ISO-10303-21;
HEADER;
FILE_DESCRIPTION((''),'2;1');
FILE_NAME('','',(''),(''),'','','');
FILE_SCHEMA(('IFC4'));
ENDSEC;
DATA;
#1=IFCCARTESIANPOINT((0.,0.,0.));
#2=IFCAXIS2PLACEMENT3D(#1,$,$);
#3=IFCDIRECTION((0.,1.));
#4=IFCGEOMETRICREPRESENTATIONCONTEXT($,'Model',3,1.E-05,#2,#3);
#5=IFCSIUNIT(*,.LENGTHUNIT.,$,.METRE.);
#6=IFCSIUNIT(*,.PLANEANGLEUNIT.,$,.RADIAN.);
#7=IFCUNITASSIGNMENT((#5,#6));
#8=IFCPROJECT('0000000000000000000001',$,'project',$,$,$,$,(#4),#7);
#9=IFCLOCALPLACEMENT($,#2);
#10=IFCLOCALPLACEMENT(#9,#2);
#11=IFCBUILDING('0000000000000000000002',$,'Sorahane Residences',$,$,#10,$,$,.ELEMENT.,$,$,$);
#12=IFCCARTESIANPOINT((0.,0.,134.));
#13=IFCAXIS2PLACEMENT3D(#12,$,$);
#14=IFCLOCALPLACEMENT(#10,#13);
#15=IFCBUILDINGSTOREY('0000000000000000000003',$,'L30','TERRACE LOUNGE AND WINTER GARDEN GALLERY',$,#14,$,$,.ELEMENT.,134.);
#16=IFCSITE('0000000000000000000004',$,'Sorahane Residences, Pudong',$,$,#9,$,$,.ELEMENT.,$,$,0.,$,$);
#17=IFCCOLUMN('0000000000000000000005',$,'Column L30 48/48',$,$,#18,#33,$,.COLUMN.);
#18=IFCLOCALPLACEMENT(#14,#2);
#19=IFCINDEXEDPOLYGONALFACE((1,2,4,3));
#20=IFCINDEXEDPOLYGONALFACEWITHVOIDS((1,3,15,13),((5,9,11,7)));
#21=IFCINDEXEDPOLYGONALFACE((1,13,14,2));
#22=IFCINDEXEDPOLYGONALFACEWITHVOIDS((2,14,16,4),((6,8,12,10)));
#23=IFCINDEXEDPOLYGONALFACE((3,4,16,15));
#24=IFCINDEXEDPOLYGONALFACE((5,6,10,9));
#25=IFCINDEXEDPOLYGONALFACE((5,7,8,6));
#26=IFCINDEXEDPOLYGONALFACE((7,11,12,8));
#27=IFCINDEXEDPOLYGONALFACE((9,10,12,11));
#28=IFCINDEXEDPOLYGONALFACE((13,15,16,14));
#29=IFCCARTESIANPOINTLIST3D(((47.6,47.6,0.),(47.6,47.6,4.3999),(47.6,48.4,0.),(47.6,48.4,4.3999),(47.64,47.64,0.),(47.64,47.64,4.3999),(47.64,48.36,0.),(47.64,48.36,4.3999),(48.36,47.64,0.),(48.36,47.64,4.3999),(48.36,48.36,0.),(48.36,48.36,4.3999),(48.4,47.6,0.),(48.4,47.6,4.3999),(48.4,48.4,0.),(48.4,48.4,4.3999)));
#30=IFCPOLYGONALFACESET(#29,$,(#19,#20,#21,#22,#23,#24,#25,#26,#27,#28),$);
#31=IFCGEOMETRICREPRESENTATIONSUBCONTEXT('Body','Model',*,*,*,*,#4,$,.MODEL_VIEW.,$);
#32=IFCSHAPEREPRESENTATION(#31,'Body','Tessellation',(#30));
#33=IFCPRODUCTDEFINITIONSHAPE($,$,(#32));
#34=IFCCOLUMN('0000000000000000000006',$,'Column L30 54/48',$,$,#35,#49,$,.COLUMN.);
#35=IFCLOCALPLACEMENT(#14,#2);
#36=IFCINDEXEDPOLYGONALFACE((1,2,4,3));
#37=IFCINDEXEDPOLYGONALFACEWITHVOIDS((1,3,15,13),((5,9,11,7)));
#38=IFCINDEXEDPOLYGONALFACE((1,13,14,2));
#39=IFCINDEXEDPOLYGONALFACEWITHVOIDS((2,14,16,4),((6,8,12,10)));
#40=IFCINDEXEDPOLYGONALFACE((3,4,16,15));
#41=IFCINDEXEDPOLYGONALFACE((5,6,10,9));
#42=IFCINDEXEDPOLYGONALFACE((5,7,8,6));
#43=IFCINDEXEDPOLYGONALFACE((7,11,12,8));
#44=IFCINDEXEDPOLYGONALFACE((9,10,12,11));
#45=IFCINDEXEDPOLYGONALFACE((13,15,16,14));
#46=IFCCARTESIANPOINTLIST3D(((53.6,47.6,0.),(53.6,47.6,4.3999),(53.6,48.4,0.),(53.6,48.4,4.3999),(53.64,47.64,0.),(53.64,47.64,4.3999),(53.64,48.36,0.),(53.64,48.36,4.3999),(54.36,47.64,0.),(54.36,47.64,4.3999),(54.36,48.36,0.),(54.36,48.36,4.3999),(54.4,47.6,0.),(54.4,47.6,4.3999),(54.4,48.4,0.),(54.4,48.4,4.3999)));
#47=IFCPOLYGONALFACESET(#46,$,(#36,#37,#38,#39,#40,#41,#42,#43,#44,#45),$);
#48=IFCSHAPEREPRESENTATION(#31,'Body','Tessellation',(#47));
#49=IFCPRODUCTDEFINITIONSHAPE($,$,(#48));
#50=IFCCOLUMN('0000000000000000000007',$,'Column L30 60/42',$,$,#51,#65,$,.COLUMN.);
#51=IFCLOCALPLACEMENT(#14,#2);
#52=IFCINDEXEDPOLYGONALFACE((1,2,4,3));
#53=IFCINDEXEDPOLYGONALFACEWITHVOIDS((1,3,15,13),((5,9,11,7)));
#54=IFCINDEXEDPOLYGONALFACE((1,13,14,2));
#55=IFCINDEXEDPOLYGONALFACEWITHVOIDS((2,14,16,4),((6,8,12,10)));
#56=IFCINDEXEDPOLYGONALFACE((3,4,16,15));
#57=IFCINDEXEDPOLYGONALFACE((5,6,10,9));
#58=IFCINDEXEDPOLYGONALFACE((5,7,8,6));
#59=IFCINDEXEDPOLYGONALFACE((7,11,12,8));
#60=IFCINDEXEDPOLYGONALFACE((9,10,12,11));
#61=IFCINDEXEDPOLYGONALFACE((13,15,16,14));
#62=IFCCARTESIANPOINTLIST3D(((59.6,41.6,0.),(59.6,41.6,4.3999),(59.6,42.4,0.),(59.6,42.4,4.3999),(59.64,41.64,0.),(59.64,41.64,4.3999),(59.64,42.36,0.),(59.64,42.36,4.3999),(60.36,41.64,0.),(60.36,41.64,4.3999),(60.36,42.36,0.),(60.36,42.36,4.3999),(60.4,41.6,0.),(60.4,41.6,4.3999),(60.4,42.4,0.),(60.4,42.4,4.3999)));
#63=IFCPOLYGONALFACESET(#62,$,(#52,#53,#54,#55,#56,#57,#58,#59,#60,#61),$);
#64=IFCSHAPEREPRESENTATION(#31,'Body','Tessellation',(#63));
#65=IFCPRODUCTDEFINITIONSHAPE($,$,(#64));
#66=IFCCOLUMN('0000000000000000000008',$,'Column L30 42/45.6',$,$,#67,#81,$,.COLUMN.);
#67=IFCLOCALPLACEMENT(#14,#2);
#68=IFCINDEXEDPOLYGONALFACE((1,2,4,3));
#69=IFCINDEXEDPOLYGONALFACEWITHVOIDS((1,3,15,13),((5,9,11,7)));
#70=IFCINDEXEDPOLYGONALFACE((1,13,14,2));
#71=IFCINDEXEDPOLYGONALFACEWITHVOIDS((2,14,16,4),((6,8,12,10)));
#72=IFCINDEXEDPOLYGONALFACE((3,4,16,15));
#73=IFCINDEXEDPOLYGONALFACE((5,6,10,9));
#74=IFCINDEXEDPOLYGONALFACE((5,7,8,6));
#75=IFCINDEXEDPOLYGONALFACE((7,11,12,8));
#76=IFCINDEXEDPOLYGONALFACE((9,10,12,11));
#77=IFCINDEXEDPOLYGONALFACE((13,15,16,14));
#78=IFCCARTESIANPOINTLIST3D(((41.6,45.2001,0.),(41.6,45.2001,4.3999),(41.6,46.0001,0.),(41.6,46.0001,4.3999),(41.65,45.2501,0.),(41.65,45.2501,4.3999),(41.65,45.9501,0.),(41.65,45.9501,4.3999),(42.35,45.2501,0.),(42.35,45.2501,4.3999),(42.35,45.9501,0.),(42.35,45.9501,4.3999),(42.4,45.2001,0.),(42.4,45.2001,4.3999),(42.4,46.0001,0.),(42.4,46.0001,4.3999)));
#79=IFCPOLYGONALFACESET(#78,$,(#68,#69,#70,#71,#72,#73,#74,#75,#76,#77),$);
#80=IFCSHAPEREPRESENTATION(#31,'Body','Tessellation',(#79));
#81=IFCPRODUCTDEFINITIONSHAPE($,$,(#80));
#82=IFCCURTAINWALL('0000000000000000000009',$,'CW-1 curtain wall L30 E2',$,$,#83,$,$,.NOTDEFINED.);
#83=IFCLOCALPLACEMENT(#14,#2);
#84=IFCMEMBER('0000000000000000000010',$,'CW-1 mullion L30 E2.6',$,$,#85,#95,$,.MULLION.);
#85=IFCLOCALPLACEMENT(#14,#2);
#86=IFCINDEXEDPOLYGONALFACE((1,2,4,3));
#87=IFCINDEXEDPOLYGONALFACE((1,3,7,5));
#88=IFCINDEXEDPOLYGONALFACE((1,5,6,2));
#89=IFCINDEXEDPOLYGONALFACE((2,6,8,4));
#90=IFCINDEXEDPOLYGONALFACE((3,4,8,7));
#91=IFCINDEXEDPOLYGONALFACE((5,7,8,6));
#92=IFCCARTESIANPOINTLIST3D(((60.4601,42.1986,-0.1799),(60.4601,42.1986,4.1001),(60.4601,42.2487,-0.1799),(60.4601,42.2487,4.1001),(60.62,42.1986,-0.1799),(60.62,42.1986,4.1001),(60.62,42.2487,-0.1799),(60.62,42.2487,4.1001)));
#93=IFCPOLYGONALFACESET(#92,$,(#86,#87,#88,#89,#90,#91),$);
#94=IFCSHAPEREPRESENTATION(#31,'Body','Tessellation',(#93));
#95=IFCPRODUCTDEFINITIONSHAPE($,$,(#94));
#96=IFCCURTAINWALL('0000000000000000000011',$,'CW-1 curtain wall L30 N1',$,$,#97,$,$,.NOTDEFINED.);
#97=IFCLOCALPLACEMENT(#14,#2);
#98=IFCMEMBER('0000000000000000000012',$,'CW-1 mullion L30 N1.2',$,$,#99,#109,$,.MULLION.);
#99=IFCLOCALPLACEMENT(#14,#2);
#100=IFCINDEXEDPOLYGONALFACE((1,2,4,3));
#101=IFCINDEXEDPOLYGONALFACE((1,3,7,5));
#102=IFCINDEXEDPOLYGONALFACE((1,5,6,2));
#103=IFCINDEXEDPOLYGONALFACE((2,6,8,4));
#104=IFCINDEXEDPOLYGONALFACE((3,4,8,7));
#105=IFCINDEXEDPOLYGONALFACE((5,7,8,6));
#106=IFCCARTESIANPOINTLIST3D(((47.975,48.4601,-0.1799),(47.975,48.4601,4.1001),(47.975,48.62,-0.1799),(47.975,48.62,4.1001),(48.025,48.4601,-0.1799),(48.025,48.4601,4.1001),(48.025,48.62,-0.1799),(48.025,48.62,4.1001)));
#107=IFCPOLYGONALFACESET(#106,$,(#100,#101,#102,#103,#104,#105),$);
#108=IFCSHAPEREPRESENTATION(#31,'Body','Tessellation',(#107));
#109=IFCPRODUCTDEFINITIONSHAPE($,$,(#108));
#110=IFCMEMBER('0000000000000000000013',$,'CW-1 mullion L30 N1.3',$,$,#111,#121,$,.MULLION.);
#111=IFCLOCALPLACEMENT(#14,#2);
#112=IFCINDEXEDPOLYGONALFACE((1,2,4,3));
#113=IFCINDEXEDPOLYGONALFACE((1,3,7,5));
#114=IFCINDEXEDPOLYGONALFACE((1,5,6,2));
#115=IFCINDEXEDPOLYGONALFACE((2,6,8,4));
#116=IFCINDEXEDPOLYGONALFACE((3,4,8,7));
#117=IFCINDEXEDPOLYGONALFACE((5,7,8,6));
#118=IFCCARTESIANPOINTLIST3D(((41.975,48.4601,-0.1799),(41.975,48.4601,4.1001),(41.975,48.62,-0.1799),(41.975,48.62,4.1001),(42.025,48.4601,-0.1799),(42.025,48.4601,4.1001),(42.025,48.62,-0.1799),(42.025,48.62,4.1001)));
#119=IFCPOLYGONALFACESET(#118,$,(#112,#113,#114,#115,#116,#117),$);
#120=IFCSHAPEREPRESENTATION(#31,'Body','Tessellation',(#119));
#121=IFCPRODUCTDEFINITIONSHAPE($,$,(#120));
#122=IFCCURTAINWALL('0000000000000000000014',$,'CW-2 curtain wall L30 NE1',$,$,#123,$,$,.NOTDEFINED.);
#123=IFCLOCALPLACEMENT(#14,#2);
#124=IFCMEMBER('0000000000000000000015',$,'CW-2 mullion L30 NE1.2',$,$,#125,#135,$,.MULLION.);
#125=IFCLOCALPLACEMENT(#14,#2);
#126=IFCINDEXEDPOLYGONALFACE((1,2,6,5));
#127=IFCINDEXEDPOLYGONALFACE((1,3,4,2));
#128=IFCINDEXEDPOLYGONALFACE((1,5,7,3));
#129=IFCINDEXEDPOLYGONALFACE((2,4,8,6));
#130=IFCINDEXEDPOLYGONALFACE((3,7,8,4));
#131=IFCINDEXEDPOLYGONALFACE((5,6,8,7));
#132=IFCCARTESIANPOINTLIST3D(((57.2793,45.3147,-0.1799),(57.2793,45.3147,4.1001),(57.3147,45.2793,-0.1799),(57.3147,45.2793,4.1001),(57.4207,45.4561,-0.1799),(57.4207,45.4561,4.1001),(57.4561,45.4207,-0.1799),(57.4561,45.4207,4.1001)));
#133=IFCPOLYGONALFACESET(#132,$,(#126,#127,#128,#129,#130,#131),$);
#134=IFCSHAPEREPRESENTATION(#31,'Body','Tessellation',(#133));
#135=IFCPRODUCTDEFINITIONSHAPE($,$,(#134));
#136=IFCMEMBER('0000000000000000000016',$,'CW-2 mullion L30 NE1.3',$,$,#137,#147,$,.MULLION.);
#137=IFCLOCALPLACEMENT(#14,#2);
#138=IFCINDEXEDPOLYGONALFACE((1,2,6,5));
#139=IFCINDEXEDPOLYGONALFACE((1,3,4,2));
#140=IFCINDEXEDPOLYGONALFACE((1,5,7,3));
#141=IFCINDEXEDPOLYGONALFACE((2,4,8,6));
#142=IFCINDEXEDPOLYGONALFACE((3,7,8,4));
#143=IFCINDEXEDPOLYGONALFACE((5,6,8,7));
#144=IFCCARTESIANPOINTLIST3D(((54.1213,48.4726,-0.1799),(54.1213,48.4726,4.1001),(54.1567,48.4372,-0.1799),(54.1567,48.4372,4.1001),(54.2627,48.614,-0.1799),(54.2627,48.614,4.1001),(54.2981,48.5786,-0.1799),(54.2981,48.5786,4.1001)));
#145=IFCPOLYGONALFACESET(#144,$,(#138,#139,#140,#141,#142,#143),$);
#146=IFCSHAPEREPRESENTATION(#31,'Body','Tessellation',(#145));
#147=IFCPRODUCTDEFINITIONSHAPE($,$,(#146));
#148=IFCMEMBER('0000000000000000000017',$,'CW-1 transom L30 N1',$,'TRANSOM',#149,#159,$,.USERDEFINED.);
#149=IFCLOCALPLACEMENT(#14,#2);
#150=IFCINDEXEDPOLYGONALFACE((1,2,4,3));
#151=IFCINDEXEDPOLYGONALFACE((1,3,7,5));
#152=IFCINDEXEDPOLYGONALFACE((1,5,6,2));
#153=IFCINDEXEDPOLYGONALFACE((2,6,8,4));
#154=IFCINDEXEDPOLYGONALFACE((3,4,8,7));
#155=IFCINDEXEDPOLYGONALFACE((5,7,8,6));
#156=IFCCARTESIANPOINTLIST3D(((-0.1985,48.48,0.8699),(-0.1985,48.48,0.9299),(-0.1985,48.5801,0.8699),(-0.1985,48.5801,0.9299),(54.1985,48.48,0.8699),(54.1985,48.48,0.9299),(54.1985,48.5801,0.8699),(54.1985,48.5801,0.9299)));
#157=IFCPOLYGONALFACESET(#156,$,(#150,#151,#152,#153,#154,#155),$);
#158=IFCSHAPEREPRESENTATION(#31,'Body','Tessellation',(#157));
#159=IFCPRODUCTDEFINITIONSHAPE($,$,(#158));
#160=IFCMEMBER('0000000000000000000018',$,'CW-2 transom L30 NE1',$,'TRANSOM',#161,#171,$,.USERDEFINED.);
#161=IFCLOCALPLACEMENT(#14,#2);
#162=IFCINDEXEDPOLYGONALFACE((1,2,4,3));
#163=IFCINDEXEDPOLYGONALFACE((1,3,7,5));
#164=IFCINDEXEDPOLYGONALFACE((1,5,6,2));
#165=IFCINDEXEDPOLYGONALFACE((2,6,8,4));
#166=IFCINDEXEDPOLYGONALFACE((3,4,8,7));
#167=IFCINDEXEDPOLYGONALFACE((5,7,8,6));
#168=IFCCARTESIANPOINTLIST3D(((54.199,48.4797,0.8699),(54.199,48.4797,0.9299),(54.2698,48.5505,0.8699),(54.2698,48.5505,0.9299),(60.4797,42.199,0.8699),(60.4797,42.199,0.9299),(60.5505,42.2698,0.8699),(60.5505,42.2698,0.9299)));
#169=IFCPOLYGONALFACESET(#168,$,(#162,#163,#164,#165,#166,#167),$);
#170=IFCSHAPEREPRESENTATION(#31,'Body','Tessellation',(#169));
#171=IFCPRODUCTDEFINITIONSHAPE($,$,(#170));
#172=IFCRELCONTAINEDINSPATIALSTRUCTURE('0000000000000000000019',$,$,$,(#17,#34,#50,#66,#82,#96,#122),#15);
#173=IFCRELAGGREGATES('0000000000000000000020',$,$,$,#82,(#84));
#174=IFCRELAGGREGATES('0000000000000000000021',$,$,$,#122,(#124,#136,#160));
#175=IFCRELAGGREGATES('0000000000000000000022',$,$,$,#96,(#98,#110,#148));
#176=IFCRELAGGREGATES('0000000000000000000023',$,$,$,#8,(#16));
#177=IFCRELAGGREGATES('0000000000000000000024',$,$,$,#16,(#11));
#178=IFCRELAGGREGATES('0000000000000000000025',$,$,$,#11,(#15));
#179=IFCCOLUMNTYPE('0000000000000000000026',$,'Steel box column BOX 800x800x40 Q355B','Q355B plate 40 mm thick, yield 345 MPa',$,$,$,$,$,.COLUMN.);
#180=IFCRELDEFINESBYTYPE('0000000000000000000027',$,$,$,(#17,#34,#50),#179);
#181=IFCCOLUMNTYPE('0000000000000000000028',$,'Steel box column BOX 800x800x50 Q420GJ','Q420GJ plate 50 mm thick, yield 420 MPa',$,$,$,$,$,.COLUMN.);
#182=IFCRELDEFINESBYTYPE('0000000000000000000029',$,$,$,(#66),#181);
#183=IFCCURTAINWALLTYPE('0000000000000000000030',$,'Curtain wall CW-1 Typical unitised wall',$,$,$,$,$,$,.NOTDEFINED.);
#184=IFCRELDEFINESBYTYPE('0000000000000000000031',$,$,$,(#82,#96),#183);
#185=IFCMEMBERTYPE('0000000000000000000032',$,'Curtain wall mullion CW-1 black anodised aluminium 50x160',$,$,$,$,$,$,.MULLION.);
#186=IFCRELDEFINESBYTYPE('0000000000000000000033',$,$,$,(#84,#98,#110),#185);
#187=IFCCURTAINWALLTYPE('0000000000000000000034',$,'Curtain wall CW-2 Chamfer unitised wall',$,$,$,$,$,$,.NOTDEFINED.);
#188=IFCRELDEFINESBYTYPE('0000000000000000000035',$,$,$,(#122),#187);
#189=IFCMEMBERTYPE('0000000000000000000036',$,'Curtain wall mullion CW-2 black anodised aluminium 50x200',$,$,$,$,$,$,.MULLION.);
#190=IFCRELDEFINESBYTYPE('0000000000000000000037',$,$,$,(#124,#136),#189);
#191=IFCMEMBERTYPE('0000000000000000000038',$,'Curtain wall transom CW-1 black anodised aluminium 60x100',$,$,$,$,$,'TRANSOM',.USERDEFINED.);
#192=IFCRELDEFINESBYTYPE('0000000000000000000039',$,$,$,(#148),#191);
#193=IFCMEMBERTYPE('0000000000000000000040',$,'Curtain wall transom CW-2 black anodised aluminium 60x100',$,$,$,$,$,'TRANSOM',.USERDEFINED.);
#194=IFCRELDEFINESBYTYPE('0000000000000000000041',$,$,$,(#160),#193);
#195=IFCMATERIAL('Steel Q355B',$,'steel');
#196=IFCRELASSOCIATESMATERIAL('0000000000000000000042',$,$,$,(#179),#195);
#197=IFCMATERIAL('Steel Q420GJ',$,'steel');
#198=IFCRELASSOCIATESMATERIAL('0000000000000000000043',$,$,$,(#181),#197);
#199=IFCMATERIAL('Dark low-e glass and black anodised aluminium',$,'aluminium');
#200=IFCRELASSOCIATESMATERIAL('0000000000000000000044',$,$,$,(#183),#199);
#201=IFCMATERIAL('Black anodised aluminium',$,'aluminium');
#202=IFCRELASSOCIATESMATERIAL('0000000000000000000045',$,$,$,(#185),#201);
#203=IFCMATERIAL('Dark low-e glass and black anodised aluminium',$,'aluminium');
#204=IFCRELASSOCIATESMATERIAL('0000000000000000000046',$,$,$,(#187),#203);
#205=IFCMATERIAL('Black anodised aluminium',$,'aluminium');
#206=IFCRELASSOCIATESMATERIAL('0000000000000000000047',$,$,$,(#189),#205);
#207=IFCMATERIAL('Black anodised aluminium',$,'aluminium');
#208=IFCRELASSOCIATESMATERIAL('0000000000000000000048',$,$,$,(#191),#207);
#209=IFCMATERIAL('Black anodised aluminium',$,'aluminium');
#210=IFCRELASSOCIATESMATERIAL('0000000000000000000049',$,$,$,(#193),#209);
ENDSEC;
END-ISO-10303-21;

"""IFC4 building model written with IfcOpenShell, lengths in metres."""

from ifc_helpers import new_model, si_unit, direction, frame, origin, origin_2d, place, context, subcontext, project, spatial, rectangle, hollow_rectangle, extrude, material, material_profile, profile_set, type_object, element, aggregate, save


model = new_model("IFC4")

# Units and contexts
model_context = context("Model", 3, precision=1e-05, world=origin(), true_north=direction((0.0, 1.0)))
body_context = subcontext(model_context, "Body", "Model", "MODEL_VIEW")
ifc_project = project(units=[si_unit("LENGTHUNIT", "METRE"), si_unit("PLANEANGLEUNIT", "RADIAN")], contexts=[model_context])

# Site, building, storey
site_placement = place(None, origin())
site = spatial("IfcSite", under=ifc_project, at=site_placement, Name="Sorahane Residences, Pudong", CompositionType="ELEMENT", RefElevation=0.0)
building_placement = place(site_placement, origin())
building = spatial("IfcBuilding", under=site, at=building_placement, Name="Sorahane Residences", CompositionType="ELEMENT")
storey_placement = place(building_placement, frame((0.0, 0.0, 134.0)))
storey = spatial("IfcBuildingStorey", under=building, at=storey_placement, Name="L30", Description="TERRACE LOUNGE AND WINTER GARDEN GALLERY", CompositionType="ELEMENT", Elevation=134.0)

# Columns
ifc_material_1 = material(Name="Steel Q355B", Category="steel")
ifc_material_profile_1 = material_profile(ifc_material_1, hollow_rectangle(XDim=0.8, YDim=0.8, WallThickness=0.04, at=origin_2d()), Name="BOX 800x800x40")
ifc_profile_set_1 = profile_set([ifc_material_profile_1], Name="Steel Q355B")
column_type_1 = type_object("IfcColumnType", Name="Steel box column BOX 800x800x40 Q355B", Description="Q355B plate 40 mm thick, yield 345 MPa", PredefinedType="COLUMN", material=ifc_profile_set_1)
for number, where, z_axis, x_axis, name in (
    (1, (48.0, 48.0, 0.0), (0.0, 0.0, 1.0), (1.0, 0.0, 0.0), "Column L30 48/48"),
    (2, (54.0, 48.0, 0.0), (0.0, 0.0, 1.0), (1.0, 0.0, 0.0), "Column L30 54/48"),
    (3, (60.0, 42.0, 0.0), (0.0, 0.0, 1.0), (1.0, 0.0, 0.0), "Column L30 60/42"),
):
    element("IfcColumn", number, at=place(storey_placement, frame(where, z_axis=z_axis, x_axis=x_axis)), inside=storey, type_object=column_type_1, Name=name, PredefinedType="COLUMN", context=body_context, shape_type="SweptSolid", body=[
        extrude(hollow_rectangle(XDim=0.8, YDim=0.8, WallThickness=0.04, at=origin_2d()), origin(), (0.0, 0.0, 1.0), 4.3999),
    ])
ifc_material_2 = material(Name="Steel Q420GJ", Category="steel")
ifc_material_profile_2 = material_profile(ifc_material_2, hollow_rectangle(XDim=0.8, YDim=0.8, WallThickness=0.05, at=origin_2d()), Name="BOX 800x800x50")
ifc_profile_set_2 = profile_set([ifc_material_profile_2], Name="Steel Q420GJ")
column_type_2 = type_object("IfcColumnType", Name="Steel box column BOX 800x800x50 Q420GJ", Description="Q420GJ plate 50 mm thick, yield 420 MPa", PredefinedType="COLUMN", material=ifc_profile_set_2)
column_placement = place(storey_placement, frame((42.0, 45.6001, 0.0), z_axis=(0.0, 0.0, 1.0), x_axis=(1.0, 0.0, 0.0)))
element("IfcColumn", 4, at=column_placement, inside=storey, type_object=column_type_2, Name="Column L30 42/45.6", PredefinedType="COLUMN", context=body_context, shape_type="SweptSolid", body=[
    extrude(hollow_rectangle(XDim=0.8, YDim=0.8, WallThickness=0.05, at=origin_2d()), origin(), (0.0, 0.0, 1.0), 4.3999),
])

# Curtain wall, member
ifc_material_3 = material(Name="Dark low-e glass and black anodised aluminium", Category="aluminium")
curtain_wall_type_1 = type_object("IfcCurtainWallType", Name="Curtain wall CW-1 Typical unitised wall", PredefinedType="NOTDEFINED", material=ifc_material_3)
curtain_wall_1_placement = place(storey_placement, origin())
curtain_wall_1 = element("IfcCurtainWall", 5, at=curtain_wall_1_placement, inside=storey, type_object=curtain_wall_type_1, Name="CW-1 curtain wall L30 E2", PredefinedType="NOTDEFINED")
ifc_material_4 = material(Name="Black anodised aluminium", Category="aluminium")
ifc_material_profile_3 = material_profile(ifc_material_4, rectangle(XDim=0.1599, YDim=0.05, at=origin_2d()), Name="Curtain wall mullion CW-1 black anodised aluminium 50x160")
ifc_profile_set_3 = profile_set([ifc_material_profile_3], Name="Black anodised aluminium")
member_type_1 = type_object("IfcMemberType", Name="Curtain wall mullion CW-1 black anodised aluminium 50x160", PredefinedType="MULLION", material=ifc_profile_set_3)
member_1_placement = place(storey_placement, frame((60.54, 42.2236, -0.1799), z_axis=(0.0, 0.0, 1.0), x_axis=(1.0, 0.0, 0.0)))
member_1 = element("IfcMember", 6, at=member_1_placement, type_object=member_type_1, Name="CW-1 mullion L30 E2.6", PredefinedType="MULLION", context=body_context, shape_type="SweptSolid", body=[
    extrude(rectangle(XDim=0.1599, YDim=0.05, at=origin_2d()), origin(), (0.0, 0.0, 1.0), 4.28),
])
aggregate(curtain_wall_1, [member_1])

# Curtain walls, members
curtain_wall_2_placement = place(storey_placement, origin())
curtain_wall_2 = element("IfcCurtainWall", 7, at=curtain_wall_2_placement, inside=storey, type_object=curtain_wall_type_1, Name="CW-1 curtain wall L30 N1", PredefinedType="NOTDEFINED")
member_2_placement = place(storey_placement, frame((48.0, 48.54, -0.1799), z_axis=(0.0, 0.0, 1.0), x_axis=(0.0, 1.0, 0.0)))
member_2 = element("IfcMember", 8, at=member_2_placement, type_object=member_type_1, Name="CW-1 mullion L30 N1.2", PredefinedType="MULLION", context=body_context, shape_type="SweptSolid", body=[
    extrude(rectangle(XDim=0.1599, YDim=0.05, at=origin_2d()), origin(), (0.0, 0.0, 1.0), 4.28),
])
member_3_placement = place(storey_placement, frame((42.0, 48.54, -0.1799), z_axis=(0.0, 0.0, 1.0), x_axis=(0.0, 1.0, 0.0)))
member_3 = element("IfcMember", 9, at=member_3_placement, type_object=member_type_1, Name="CW-1 mullion L30 N1.3", PredefinedType="MULLION", context=body_context, shape_type="SweptSolid", body=[
    extrude(rectangle(XDim=0.1599, YDim=0.05, at=origin_2d()), origin(), (0.0, 0.0, 1.0), 4.28),
])
ifc_material_5 = material(Name="Dark low-e glass and black anodised aluminium", Category="aluminium")
curtain_wall_type_2 = type_object("IfcCurtainWallType", Name="Curtain wall CW-2 Chamfer unitised wall", PredefinedType="NOTDEFINED", material=ifc_material_5)
curtain_wall_3_placement = place(storey_placement, origin())
curtain_wall_3 = element("IfcCurtainWall", 10, at=curtain_wall_3_placement, inside=storey, type_object=curtain_wall_type_2, Name="CW-2 curtain wall L30 NE1", PredefinedType="NOTDEFINED")
ifc_material_6 = material(Name="Black anodised aluminium", Category="aluminium")
ifc_material_profile_4 = material_profile(ifc_material_6, rectangle(XDim=0.2, YDim=0.05, at=origin_2d()), Name="Curtain wall mullion CW-2 black anodised aluminium 50x200")
ifc_profile_set_4 = profile_set([ifc_material_profile_4], Name="Black anodised aluminium")
member_type_2 = type_object("IfcMemberType", Name="Curtain wall mullion CW-2 black anodised aluminium 50x200", PredefinedType="MULLION", material=ifc_profile_set_4)
member_4_placement = place(storey_placement, frame((57.3677, 45.3677, -0.1799), z_axis=(0.0, 0.0, 1.0), x_axis=(0.707107, 0.707107, 0.0)))
member_4 = element("IfcMember", 11, at=member_4_placement, type_object=member_type_2, Name="CW-2 mullion L30 NE1.2", PredefinedType="MULLION", context=body_context, shape_type="SweptSolid", body=[
    extrude(rectangle(XDim=0.2, YDim=0.05, at=origin_2d()), origin(), (0.0, 0.0, 1.0), 4.28),
])
member_5_placement = place(storey_placement, frame((54.2097, 48.5256, -0.1799), z_axis=(0.0, 0.0, 1.0), x_axis=(0.707107, 0.707107, 0.0)))
member_5 = element("IfcMember", 12, at=member_5_placement, type_object=member_type_2, Name="CW-2 mullion L30 NE1.3", PredefinedType="MULLION", context=body_context, shape_type="SweptSolid", body=[
    extrude(rectangle(XDim=0.2, YDim=0.05, at=origin_2d()), origin(), (0.0, 0.0, 1.0), 4.28),
])

# Members
ifc_material_7 = material(Name="Black anodised aluminium", Category="aluminium")
ifc_material_profile_5 = material_profile(ifc_material_7, rectangle(XDim=0.1001, YDim=0.0601, at=origin_2d()), Name="Curtain wall transom CW-1 black anodised aluminium 60x100")
ifc_profile_set_5 = profile_set([ifc_material_profile_5], Name="Black anodised aluminium")
member_type_3 = type_object("IfcMemberType", Name="Curtain wall transom CW-1 black anodised aluminium 60x100", ElementType="TRANSOM", PredefinedType="USERDEFINED", material=ifc_profile_set_5)
member_6_placement = place(storey_placement, frame((54.1985, 48.53, 0.8999), z_axis=(-1.0, 0.0, 0.0), x_axis=(0.0, -1.0, 0.0)))
member_6 = element("IfcMember", 13, at=member_6_placement, type_object=member_type_3, Name="CW-1 transom L30 N1", ObjectType="TRANSOM", PredefinedType="USERDEFINED", context=body_context, shape_type="SweptSolid", body=[
    extrude(rectangle(XDim=0.1001, YDim=0.0601, at=origin_2d()), origin(), (0.0, 0.0, 1.0), 54.397),
])
ifc_material_8 = material(Name="Black anodised aluminium", Category="aluminium")
ifc_material_profile_6 = material_profile(ifc_material_8, rectangle(XDim=0.1001, YDim=0.0601, at=origin_2d()), Name="Curtain wall transom CW-2 black anodised aluminium 60x100")
ifc_profile_set_6 = profile_set([ifc_material_profile_6], Name="Black anodised aluminium")
member_type_4 = type_object("IfcMemberType", Name="Curtain wall transom CW-2 black anodised aluminium 60x100", ElementType="TRANSOM", PredefinedType="USERDEFINED", material=ifc_profile_set_6)
member_7_placement = place(storey_placement, frame((60.5151, 42.2344, 0.8999), z_axis=(-0.707107, 0.707107, 0.0), x_axis=(-0.707107, -0.707107, 0.0)))
member_7 = element("IfcMember", 14, at=member_7_placement, type_object=member_type_4, Name="CW-2 transom L30 NE1", ObjectType="TRANSOM", PredefinedType="USERDEFINED", context=body_context, shape_type="SweptSolid", body=[
    extrude(rectangle(XDim=0.1001, YDim=0.0601, at=origin_2d()), origin(), (0.0, 0.0, 1.0), 8.8823),
])

aggregate(curtain_wall_3, [member_4, member_5, member_7])
aggregate(curtain_wall_2, [member_2, member_3, member_6])

save(model, "model.ifc")
